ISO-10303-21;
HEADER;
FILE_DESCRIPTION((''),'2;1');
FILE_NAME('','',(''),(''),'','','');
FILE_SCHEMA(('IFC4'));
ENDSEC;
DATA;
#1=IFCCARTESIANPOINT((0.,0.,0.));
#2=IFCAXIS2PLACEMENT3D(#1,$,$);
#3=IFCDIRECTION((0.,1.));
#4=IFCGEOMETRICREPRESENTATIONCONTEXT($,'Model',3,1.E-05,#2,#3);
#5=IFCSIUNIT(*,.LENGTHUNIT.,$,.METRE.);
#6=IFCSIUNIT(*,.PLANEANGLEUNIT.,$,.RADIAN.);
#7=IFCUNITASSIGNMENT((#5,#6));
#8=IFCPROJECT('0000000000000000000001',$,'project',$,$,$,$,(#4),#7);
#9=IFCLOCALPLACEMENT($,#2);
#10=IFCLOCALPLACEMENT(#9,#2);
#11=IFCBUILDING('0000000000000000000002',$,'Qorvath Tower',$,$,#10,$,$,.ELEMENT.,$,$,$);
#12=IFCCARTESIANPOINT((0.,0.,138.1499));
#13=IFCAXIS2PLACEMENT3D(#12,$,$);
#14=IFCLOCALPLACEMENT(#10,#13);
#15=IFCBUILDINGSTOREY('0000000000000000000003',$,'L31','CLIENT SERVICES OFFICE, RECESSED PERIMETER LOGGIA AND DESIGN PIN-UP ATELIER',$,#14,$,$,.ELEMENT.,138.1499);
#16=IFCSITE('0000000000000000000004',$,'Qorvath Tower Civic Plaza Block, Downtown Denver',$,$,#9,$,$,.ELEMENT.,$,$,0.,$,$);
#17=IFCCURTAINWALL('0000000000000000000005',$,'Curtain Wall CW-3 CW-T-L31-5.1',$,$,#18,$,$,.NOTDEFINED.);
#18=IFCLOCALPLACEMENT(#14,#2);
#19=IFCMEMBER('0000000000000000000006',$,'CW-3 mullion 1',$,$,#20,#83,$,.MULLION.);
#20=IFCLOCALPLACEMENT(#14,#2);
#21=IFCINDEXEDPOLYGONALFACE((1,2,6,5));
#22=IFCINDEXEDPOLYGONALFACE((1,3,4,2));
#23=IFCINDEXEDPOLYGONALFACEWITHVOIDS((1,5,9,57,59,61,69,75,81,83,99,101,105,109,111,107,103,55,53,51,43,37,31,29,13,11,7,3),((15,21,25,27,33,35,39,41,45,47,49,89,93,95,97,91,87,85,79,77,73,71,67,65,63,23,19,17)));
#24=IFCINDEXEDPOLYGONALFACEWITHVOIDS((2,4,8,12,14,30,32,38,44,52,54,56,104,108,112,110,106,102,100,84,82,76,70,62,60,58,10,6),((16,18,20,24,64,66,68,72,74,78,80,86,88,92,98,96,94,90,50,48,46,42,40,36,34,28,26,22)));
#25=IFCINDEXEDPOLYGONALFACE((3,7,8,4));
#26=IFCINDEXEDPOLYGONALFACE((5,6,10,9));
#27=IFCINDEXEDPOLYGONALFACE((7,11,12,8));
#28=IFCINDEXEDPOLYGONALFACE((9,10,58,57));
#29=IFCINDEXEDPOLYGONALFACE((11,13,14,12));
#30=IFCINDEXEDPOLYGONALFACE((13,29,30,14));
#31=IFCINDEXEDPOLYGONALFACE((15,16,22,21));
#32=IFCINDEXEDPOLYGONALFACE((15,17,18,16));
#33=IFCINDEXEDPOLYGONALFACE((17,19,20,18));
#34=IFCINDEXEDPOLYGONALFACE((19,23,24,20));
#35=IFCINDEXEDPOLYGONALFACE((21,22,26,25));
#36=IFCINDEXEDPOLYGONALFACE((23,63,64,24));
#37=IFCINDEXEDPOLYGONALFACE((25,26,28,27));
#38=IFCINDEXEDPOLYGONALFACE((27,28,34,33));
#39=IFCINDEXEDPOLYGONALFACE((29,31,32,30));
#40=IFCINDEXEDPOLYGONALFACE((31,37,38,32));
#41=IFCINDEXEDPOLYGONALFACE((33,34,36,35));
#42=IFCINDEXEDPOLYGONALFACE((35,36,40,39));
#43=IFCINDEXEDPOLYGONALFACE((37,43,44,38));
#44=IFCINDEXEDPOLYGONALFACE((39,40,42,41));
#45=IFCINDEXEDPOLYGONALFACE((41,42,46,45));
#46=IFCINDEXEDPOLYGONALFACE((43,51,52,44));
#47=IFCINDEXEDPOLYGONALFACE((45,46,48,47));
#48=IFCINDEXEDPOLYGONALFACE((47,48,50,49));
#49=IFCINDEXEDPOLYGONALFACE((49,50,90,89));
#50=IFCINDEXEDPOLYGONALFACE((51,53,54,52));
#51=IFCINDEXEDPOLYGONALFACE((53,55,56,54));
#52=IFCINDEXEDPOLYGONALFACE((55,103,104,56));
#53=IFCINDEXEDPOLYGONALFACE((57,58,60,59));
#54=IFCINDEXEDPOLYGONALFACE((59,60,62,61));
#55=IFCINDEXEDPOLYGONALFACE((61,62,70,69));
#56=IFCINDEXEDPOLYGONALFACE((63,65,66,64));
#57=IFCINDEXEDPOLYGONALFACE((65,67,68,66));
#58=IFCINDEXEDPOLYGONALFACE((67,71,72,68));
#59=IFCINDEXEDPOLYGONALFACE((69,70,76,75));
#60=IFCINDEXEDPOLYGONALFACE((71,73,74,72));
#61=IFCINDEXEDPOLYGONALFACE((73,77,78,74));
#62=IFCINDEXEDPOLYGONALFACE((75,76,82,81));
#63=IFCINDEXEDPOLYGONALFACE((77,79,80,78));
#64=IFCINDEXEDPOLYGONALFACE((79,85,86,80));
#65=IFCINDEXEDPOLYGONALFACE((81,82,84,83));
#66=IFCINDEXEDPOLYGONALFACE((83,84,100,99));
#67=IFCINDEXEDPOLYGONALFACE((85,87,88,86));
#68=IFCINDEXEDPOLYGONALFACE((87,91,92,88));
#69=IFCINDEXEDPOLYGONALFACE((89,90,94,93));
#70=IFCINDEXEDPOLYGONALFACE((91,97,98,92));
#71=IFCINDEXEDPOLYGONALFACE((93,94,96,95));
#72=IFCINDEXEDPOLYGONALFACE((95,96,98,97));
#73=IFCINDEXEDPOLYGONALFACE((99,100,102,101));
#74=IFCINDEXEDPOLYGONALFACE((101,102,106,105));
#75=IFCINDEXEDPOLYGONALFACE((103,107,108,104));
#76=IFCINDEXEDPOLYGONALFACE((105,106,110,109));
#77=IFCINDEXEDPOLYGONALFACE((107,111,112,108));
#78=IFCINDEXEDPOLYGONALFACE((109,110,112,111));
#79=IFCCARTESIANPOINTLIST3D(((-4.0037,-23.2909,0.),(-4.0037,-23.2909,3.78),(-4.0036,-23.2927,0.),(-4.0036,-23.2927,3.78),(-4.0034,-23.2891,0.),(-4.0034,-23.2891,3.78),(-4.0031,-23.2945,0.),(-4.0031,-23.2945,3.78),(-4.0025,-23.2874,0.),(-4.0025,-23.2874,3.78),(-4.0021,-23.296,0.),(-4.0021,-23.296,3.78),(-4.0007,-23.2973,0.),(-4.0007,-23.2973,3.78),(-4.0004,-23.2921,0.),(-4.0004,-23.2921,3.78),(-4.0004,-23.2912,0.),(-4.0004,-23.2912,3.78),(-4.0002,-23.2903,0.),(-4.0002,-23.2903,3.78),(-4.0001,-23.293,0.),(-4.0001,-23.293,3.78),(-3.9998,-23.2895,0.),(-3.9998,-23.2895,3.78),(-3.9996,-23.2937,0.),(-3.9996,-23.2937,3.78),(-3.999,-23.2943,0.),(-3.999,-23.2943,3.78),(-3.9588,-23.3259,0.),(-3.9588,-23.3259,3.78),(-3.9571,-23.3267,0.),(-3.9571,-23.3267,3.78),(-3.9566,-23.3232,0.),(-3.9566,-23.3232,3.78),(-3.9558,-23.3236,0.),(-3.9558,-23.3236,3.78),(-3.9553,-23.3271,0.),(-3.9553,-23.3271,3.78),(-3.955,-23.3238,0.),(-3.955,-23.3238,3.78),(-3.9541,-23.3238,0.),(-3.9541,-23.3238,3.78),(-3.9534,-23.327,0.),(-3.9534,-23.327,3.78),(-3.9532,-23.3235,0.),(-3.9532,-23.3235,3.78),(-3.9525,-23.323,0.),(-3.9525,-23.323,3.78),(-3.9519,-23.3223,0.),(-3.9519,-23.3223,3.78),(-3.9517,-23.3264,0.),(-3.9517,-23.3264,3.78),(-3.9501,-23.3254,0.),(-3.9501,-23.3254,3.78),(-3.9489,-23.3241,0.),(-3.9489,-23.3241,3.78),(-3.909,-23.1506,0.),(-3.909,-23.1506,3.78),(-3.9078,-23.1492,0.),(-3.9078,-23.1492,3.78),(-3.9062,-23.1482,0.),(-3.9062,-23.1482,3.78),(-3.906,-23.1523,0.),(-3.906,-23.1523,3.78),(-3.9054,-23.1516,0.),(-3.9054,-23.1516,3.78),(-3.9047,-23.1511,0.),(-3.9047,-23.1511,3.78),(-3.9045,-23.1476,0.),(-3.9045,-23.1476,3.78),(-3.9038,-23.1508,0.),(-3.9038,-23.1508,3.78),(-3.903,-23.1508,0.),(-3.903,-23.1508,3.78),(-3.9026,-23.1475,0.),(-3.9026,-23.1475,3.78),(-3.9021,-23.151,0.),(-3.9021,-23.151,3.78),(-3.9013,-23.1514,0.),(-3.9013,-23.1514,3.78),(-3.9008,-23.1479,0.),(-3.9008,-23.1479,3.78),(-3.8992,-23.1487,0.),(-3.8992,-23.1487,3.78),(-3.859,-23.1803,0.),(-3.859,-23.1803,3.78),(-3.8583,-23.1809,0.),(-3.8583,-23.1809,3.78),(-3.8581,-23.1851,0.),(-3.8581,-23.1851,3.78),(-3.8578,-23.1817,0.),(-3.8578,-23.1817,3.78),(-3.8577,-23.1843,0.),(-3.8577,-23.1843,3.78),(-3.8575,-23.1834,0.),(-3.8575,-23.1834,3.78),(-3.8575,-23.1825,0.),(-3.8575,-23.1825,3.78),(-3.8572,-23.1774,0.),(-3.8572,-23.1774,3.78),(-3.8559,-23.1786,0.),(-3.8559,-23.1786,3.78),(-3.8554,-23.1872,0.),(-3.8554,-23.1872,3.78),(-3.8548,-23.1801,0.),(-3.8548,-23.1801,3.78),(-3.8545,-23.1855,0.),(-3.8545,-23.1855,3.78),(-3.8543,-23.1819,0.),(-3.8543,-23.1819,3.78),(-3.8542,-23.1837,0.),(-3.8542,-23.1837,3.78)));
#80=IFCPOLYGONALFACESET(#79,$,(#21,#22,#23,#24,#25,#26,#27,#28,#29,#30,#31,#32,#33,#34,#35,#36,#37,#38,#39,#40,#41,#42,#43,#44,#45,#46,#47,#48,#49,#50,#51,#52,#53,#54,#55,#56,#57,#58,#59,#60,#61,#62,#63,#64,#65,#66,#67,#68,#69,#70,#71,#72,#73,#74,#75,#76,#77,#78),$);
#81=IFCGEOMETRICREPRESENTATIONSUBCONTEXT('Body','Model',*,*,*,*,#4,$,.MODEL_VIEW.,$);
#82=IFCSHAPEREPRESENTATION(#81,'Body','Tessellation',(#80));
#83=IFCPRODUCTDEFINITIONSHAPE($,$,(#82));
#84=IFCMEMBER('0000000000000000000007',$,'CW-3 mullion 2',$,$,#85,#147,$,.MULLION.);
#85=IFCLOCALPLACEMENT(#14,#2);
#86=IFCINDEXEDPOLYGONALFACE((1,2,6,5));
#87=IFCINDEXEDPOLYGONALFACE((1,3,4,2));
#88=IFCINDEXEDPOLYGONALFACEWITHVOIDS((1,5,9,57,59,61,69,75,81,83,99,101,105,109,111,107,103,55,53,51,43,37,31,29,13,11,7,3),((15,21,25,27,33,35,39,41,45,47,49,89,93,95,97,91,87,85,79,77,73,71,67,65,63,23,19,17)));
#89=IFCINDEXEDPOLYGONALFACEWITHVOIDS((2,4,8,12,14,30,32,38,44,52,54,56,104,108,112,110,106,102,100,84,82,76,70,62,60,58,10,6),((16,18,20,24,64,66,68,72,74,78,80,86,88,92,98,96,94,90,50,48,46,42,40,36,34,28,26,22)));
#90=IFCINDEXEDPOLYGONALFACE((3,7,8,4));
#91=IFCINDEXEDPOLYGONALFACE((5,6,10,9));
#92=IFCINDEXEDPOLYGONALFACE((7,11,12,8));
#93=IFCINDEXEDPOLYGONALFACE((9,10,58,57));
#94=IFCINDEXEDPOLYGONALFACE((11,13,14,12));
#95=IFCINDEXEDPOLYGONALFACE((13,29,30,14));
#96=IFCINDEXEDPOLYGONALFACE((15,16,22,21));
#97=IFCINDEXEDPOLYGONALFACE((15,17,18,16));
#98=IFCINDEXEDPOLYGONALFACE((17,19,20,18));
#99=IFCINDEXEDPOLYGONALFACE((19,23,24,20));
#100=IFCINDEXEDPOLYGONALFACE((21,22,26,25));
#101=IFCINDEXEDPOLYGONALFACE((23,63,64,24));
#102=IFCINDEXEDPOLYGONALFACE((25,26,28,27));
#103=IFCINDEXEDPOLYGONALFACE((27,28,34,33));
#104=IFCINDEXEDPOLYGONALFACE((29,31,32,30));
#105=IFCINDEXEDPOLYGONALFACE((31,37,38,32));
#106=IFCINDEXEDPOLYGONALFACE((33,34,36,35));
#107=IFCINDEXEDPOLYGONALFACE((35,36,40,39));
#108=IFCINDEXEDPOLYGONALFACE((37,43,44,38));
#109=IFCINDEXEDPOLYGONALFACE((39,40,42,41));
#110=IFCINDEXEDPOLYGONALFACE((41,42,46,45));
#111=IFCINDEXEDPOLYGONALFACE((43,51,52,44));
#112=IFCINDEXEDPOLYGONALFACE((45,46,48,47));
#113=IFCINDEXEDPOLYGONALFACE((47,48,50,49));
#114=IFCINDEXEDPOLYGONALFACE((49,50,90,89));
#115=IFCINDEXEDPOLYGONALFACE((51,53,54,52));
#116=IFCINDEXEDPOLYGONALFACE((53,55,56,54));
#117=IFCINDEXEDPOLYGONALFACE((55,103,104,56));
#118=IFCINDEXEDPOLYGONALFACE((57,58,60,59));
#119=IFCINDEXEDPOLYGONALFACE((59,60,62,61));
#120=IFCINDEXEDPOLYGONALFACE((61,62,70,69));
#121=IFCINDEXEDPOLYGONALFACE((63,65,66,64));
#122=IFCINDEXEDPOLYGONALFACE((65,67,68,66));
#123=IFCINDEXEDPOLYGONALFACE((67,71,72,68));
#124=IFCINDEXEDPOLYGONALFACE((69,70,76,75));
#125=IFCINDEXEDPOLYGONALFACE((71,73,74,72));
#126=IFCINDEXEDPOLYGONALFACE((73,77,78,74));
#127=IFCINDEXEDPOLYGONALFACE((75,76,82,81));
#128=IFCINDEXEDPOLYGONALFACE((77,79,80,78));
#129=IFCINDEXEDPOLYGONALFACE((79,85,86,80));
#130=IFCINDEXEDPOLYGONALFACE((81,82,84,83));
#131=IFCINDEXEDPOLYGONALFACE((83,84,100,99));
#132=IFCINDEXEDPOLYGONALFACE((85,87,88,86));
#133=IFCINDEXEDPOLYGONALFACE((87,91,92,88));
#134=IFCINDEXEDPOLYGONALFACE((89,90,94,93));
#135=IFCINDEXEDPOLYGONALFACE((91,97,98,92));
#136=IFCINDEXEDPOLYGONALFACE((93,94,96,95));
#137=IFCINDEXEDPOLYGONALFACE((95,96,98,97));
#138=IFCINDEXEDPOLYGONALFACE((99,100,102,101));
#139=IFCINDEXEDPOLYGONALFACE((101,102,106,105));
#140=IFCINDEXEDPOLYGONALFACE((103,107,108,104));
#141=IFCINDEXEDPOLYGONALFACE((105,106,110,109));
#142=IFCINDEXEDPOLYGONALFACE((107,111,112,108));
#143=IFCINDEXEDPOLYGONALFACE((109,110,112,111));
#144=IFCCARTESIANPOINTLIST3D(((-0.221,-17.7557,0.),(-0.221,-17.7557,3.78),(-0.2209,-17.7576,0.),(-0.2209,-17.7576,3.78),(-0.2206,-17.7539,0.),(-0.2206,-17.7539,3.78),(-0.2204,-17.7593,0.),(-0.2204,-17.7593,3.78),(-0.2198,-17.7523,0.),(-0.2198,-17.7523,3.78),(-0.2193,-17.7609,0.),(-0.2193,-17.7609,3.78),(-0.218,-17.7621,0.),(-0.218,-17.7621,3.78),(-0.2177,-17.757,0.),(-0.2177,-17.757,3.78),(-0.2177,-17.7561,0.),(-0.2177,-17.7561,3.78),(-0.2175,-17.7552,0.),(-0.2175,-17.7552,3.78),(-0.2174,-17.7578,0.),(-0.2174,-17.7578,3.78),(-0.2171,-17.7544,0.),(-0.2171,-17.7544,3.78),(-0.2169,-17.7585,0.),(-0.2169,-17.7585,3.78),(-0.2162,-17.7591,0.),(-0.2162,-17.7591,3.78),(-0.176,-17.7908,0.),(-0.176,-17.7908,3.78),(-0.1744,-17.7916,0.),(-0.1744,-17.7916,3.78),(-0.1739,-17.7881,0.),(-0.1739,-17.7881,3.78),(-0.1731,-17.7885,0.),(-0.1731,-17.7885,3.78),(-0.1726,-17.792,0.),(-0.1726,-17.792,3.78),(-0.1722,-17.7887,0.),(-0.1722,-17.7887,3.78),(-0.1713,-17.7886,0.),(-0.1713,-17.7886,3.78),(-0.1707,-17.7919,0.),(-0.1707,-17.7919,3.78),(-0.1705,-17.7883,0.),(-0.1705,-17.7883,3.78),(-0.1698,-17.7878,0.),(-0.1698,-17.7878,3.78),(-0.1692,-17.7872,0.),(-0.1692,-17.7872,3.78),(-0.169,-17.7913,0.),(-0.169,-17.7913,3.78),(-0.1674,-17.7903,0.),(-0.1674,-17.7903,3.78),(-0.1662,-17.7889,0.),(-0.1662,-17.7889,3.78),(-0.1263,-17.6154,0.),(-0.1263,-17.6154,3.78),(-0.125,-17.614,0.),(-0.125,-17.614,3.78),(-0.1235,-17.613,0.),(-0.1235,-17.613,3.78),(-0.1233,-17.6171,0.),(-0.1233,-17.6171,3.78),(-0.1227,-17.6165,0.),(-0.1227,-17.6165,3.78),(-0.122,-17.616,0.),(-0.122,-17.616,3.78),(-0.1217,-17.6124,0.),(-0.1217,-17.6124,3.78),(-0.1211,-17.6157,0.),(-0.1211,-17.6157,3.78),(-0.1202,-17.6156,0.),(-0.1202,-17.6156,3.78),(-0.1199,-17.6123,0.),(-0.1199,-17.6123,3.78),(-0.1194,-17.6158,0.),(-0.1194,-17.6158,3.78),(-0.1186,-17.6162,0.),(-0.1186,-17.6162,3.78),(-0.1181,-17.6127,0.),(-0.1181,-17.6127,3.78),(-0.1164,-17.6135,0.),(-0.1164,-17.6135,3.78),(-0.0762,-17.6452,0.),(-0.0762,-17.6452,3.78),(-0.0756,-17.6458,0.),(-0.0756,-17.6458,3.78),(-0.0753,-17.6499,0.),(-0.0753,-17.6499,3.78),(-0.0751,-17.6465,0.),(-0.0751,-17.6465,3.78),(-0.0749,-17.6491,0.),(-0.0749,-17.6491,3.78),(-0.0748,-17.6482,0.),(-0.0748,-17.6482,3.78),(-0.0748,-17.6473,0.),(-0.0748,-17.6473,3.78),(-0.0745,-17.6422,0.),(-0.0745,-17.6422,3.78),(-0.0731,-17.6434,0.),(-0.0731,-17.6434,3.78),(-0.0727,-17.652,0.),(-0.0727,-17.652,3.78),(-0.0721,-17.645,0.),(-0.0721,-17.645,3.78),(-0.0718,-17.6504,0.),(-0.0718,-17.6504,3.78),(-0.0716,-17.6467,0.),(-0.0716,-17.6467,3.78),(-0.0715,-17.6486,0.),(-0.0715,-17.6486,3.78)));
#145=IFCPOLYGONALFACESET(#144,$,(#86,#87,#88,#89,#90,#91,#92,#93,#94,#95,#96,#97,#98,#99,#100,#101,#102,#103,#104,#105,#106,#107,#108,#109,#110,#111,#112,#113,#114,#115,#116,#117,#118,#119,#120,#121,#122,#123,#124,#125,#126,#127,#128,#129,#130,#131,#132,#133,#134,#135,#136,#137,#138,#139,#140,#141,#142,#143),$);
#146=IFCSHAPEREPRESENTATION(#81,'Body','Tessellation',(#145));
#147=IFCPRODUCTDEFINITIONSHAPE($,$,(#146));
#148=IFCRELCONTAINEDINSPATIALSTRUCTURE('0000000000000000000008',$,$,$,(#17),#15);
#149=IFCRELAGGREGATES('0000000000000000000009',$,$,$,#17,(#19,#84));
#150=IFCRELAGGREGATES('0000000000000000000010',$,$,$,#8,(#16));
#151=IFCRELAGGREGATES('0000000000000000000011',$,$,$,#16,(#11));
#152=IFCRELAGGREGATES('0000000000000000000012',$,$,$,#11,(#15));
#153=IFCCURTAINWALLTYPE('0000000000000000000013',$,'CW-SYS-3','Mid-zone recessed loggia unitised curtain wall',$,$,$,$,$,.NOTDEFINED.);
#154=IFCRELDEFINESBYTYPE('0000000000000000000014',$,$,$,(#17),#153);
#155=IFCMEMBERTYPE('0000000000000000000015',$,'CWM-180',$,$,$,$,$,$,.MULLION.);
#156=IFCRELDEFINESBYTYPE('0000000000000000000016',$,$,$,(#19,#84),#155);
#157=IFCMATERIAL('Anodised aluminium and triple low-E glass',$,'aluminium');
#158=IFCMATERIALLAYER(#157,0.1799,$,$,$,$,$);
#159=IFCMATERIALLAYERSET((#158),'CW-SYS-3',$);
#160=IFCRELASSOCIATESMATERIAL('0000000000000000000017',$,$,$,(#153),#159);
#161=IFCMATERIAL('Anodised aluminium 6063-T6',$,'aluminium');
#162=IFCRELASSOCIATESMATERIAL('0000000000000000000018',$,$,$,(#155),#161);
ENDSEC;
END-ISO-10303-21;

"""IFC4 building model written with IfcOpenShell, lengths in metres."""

from ifc_helpers import new_model, si_unit, direction, frame, origin, origin_2d, place, context, subcontext, project, spatial, hollow_rectangle, extrude, material, layer, layer_set, material_profile, profile_set, type_object, element, aggregate, save


model = new_model("IFC4")

# Units and contexts
model_context = context("Model", 3, precision=1e-05, world=origin(), true_north=direction((0.0, 1.0)))
body_context = subcontext(model_context, "Body", "Model", "MODEL_VIEW")
ifc_project = project(units=[si_unit("LENGTHUNIT", "METRE"), si_unit("PLANEANGLEUNIT", "RADIAN")], contexts=[model_context])

# Site, building, storey
site_placement = place(None, origin())
site = spatial("IfcSite", under=ifc_project, at=site_placement, Name="Qorvath Tower Civic Plaza Block, Downtown Denver", CompositionType="ELEMENT", RefElevation=0.0)
building_placement = place(site_placement, origin())
building = spatial("IfcBuilding", under=site, at=building_placement, Name="Qorvath Tower", CompositionType="ELEMENT")
storey_placement = place(building_placement, frame((0.0, 0.0, 138.1499)))
storey = spatial("IfcBuildingStorey", under=building, at=storey_placement, Name="L31", Description="CLIENT SERVICES OFFICE, RECESSED PERIMETER LOGGIA AND DESIGN PIN-UP ATELIER", CompositionType="ELEMENT", Elevation=138.1499)

# Shared definitions
ifc_material_1 = material(Name="Anodised aluminium and triple low-E glass", Category="aluminium")
ifc_layer_1 = layer(ifc_material_1, 0.1799)
ifc_layer_set_1 = layer_set([ifc_layer_1], Name="CW-SYS-3")
curtain_wall_type = type_object("IfcCurtainWallType", Name="CW-SYS-3", Description="Mid-zone recessed loggia unitised curtain wall", PredefinedType="NOTDEFINED", material=ifc_layer_set_1)
ifc_material_2 = material(Name="Anodised aluminium 6063-T6", Category="aluminium")
ifc_material_profile_1 = material_profile(ifc_material_2, hollow_rectangle(XDim=0.0649, YDim=0.1799, WallThickness=0.0034, InnerFilletRadius=0.0034, OuterFilletRadius=0.0071, at=origin_2d()), Name="CWM 180x65")
ifc_profile_set_1 = profile_set([ifc_material_profile_1], Name="Anodised aluminium 6063-T6")
member_type_1 = type_object("IfcMemberType", Name="CWM-180", PredefinedType="MULLION", material=ifc_profile_set_1)

# Curtain wall, members
curtain_wall_1_placement = place(storey_placement, origin())
curtain_wall_1 = element("IfcCurtainWall", 1, at=curtain_wall_1_placement, inside=storey, type_object=curtain_wall_type, Name="Curtain Wall CW-3 CW-T-L31-5.1", PredefinedType="NOTDEFINED")
member_1_placement = place(storey_placement, frame((-3.929, -23.2373, 0.0), z_axis=(0.0, 0.0, 1.0), x_axis=(-0.825623, 0.564223, 0.0)))
member_1 = element("IfcMember", 2, at=member_1_placement, type_object=member_type_1, Name="CW-3 mullion 1", PredefinedType="MULLION", context=body_context, shape_type="SweptSolid", body=[
    extrude(hollow_rectangle(XDim=0.0649, YDim=0.1799, WallThickness=0.0034, InnerFilletRadius=0.0034, OuterFilletRadius=0.0071, at=origin_2d()), origin(), (0.0, 0.0, 1.0), 3.78),
])
member_2_placement = place(storey_placement, frame((-0.1462, -17.7021, 0.0), z_axis=(0.0, 0.0, 1.0), x_axis=(-0.825623, 0.564223, 0.0)))
member_2 = element("IfcMember", 3, at=member_2_placement, type_object=member_type_1, Name="CW-3 mullion 2", PredefinedType="MULLION", context=body_context, shape_type="SweptSolid", body=[
    extrude(hollow_rectangle(XDim=0.0649, YDim=0.1799, WallThickness=0.0034, InnerFilletRadius=0.0034, OuterFilletRadius=0.0071, at=origin_2d()), origin(), (0.0, 0.0, 1.0), 3.78),
])

aggregate(curtain_wall_1, [member_1, member_2])

save(model, "model.ifc")
